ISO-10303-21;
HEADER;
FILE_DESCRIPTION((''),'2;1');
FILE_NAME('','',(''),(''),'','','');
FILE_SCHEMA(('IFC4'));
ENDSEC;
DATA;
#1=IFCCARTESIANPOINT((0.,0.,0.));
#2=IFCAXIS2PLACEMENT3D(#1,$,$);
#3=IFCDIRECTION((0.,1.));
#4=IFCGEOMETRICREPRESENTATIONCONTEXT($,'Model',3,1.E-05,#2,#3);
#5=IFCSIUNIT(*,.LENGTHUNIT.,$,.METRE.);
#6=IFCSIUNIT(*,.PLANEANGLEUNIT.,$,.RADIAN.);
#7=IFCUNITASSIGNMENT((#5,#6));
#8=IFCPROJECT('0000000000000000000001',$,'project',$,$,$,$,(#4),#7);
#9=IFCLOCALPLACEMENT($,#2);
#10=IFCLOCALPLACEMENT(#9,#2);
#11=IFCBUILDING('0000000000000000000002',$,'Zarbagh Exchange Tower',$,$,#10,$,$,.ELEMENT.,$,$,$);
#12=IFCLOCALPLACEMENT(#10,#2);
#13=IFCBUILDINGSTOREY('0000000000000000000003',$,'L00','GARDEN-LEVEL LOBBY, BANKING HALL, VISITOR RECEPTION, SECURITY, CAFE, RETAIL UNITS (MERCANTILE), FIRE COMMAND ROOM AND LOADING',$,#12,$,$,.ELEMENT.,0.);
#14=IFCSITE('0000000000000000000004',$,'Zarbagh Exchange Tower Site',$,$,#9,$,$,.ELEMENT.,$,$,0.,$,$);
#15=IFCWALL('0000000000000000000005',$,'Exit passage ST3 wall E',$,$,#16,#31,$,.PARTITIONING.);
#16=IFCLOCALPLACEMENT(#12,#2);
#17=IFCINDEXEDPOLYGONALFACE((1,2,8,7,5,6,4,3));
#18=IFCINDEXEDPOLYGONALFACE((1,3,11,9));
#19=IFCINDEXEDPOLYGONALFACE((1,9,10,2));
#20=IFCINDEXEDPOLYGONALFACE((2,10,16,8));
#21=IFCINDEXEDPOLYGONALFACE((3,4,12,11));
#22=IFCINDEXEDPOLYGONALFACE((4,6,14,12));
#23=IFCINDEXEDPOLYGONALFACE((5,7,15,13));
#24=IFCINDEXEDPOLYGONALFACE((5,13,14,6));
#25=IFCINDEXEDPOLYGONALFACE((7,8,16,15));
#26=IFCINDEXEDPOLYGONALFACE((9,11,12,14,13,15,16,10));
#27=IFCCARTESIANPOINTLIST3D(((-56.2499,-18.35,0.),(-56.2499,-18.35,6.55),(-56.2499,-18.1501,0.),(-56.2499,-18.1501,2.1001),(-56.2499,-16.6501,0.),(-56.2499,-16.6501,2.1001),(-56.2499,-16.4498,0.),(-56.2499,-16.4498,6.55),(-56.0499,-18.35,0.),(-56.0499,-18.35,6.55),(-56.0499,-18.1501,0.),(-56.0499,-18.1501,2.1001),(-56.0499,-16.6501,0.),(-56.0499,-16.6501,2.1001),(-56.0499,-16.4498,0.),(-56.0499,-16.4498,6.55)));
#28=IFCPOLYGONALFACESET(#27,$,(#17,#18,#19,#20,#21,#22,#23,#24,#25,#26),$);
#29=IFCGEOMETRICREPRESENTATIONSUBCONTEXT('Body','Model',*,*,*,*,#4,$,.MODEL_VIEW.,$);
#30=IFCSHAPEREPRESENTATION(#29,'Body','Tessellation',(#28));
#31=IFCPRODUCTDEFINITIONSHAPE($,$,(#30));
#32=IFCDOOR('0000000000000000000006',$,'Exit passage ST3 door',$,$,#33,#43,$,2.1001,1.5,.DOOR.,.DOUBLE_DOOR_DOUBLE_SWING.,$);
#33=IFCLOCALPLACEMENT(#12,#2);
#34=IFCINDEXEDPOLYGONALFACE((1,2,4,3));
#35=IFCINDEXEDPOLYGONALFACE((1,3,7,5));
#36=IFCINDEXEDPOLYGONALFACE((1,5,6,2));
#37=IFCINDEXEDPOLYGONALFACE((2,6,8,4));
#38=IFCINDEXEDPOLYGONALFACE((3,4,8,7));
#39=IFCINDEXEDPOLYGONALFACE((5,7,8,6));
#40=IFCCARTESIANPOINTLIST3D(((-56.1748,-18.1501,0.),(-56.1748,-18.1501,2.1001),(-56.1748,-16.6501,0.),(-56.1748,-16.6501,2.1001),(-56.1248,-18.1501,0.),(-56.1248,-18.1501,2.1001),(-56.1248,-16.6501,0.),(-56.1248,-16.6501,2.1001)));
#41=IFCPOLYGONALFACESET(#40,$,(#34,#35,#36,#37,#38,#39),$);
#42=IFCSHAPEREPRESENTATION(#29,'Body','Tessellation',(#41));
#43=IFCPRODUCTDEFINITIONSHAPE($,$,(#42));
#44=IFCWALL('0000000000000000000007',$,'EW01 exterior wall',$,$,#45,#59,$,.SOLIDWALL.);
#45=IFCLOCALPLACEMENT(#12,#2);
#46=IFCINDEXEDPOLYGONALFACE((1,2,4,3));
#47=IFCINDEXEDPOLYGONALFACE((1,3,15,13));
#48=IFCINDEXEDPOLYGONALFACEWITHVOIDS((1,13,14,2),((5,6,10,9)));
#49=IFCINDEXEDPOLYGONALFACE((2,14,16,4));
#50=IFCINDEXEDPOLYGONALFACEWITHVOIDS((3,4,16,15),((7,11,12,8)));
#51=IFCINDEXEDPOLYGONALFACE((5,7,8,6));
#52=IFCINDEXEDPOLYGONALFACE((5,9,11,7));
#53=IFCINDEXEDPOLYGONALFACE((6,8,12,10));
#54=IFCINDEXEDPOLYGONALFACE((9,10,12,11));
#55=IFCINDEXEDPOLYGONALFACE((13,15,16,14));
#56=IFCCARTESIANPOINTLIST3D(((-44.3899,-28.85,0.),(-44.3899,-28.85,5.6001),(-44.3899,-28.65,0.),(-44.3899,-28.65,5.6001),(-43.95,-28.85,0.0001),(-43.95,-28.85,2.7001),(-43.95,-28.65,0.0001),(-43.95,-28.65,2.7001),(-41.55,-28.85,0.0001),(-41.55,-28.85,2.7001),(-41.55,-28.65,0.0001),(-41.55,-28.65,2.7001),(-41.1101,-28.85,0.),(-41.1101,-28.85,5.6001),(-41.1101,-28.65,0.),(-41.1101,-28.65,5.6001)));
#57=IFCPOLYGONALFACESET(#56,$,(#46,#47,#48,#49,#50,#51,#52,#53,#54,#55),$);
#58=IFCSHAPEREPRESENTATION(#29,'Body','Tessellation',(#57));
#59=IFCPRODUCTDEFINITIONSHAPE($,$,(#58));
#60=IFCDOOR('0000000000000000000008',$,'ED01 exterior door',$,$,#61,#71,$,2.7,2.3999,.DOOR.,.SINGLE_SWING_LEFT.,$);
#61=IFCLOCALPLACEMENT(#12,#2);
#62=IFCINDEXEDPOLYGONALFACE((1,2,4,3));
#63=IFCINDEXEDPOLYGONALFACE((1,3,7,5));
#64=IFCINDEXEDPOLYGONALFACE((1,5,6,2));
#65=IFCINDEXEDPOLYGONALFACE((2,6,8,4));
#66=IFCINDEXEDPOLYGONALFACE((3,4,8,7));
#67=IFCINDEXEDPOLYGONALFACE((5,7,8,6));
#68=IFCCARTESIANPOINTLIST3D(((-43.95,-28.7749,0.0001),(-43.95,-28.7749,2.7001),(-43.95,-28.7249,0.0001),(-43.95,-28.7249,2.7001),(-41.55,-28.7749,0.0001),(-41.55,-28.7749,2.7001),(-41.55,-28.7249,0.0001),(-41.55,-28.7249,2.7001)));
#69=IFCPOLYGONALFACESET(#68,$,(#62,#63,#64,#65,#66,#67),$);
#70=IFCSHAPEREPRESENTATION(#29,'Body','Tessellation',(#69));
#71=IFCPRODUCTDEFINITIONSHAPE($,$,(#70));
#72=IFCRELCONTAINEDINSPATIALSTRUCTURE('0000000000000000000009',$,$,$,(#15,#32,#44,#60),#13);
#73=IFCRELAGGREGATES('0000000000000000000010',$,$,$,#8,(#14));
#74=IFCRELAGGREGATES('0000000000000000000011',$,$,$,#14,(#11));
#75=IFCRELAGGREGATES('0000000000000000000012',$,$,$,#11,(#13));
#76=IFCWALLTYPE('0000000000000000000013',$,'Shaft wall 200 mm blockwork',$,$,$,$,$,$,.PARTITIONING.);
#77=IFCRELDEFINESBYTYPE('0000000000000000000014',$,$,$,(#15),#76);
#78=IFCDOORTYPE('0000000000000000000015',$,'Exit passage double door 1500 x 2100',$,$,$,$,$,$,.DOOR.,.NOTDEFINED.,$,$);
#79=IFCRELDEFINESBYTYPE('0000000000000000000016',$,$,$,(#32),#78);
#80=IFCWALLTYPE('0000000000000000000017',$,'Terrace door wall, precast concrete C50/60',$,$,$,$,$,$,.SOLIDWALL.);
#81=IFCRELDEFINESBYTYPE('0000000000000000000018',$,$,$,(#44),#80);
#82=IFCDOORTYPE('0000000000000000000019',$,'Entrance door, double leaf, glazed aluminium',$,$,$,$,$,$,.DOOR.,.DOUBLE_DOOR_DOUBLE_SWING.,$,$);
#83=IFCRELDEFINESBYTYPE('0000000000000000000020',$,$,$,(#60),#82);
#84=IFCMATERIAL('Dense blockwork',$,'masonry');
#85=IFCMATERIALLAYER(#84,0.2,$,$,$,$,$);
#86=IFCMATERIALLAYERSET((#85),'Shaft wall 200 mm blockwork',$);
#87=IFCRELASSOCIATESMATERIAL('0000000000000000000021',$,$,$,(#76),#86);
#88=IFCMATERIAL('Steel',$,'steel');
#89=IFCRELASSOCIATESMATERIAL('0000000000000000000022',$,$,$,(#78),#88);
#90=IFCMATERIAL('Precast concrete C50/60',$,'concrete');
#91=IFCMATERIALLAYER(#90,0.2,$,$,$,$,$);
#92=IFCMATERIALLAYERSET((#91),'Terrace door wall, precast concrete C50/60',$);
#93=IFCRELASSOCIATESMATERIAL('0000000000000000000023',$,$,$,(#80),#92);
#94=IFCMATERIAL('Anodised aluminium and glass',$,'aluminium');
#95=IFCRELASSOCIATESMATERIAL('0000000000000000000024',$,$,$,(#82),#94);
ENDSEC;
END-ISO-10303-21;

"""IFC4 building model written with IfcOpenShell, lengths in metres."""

from ifc_helpers import new_model, si_unit, direction, frame, frame_2d, origin, place, context, subcontext, project, spatial, rectangle, extrude, material, layer, layer_set, type_object, element, fill, save


model = new_model("IFC4")

# Units and contexts
model_context = context("Model", 3, precision=1e-05, world=origin(), true_north=direction((0.0, 1.0)))
body_context = subcontext(model_context, "Body", "Model", "MODEL_VIEW")
ifc_project = project(units=[si_unit("LENGTHUNIT", "METRE"), si_unit("PLANEANGLEUNIT", "RADIAN")], contexts=[model_context])

# Site, building, storey
site_placement = place(None, origin())
site = spatial("IfcSite", under=ifc_project, at=site_placement, Name="Zarbagh Exchange Tower Site", CompositionType="ELEMENT", RefElevation=0.0)
building_placement = place(site_placement, origin())
building = spatial("IfcBuilding", under=site, at=building_placement, Name="Zarbagh Exchange Tower", CompositionType="ELEMENT")
storey_placement = place(building_placement, origin())
storey = spatial("IfcBuildingStorey", under=building, at=storey_placement, Name="L00", Description="GARDEN-LEVEL LOBBY, BANKING HALL, VISITOR RECEPTION, SECURITY, CAFE, RETAIL UNITS (MERCANTILE), FIRE COMMAND ROOM AND LOADING", CompositionType="ELEMENT", Elevation=0.0)

# Walls, openings, doors
ifc_material_1 = material(Name="Dense blockwork", Category="masonry")
ifc_layer_1 = layer(ifc_material_1, 0.2)
ifc_layer_set_1 = layer_set([ifc_layer_1], Name="Shaft wall 200 mm blockwork")
wall_type_1 = type_object("IfcWallType", Name="Shaft wall 200 mm blockwork", PredefinedType="PARTITIONING", material=ifc_layer_set_1)
wall_1_placement = place(storey_placement, frame((-56.1499, -18.3501, 0.0), z_axis=(0.0, 0.0, 1.0), x_axis=(0.0, 1.0, 0.0)))
wall_1 = element("IfcWall", 1, at=wall_1_placement, inside=storey, type_object=wall_type_1, Name="Exit passage ST3 wall E", PredefinedType="PARTITIONING", context=body_context, shape_type="SweptSolid", body=[
    extrude(rectangle(XDim=1.9001, YDim=0.2, at=frame_2d((0.9502, 0.0))), origin(), (0.0, 0.0, 1.0), 6.55),
])
opening_1_placement = place(wall_1_placement, frame((0.2, 0.0, 0.0)))
opening_1 = element("IfcOpeningElement", 2, at=opening_1_placement, cuts=wall_1, PredefinedType="OPENING", context=body_context, shape_type="SweptSolid", body=[
    extrude(rectangle(XDim=1.5, YDim=2.1001, at=frame_2d((0.75, 1.05))), frame((0.0, 0.1099, 0.0), z_axis=(0.0, -1.0, 0.0), x_axis=(1.0, 0.0, 0.0)), (0.0, 0.0, 1.0), 0.22),
])
ifc_material_2 = material(Name="Steel", Category="steel")
door_type_1 = type_object("IfcDoorType", Name="Exit passage double door 1500 x 2100", OperationType="NOTDEFINED", PredefinedType="DOOR", material=ifc_material_2)
door_1_placement = place(opening_1_placement, origin())
door_1 = element("IfcDoor", 3, at=door_1_placement, inside=storey, type_object=door_type_1, Name="Exit passage ST3 door", OperationType="DOUBLE_DOOR_DOUBLE_SWING", OverallHeight=2.1001, OverallWidth=1.5, PredefinedType="DOOR", context=body_context, shape_type="SweptSolid", body=[
    extrude(rectangle(XDim=1.5, YDim=2.1001, at=frame_2d((0.75, 1.05))), frame((0.0, 0.0249, 0.0), z_axis=(0.0, -1.0, 0.0), x_axis=(1.0, 0.0, 0.0)), (0.0, 0.0, 1.0), 0.05),
])
fill(opening_1, door_1)
ifc_material_3 = material(Name="Precast concrete C50/60", Category="concrete")
ifc_layer_2 = layer(ifc_material_3, 0.2)
ifc_layer_set_2 = layer_set([ifc_layer_2], Name="Terrace door wall, precast concrete C50/60")
wall_type_2 = type_object("IfcWallType", Name="Terrace door wall, precast concrete C50/60", PredefinedType="SOLIDWALL", material=ifc_layer_set_2)
wall_2_placement = place(storey_placement, frame((-41.1101, -28.75, 0.0), z_axis=(0.0, 0.0, 1.0), x_axis=(-1.0, 0.0, 0.0)))
wall_2 = element("IfcWall", 4, at=wall_2_placement, inside=storey, type_object=wall_type_2, Name="EW01 exterior wall", PredefinedType="SOLIDWALL", context=body_context, shape_type="SweptSolid", body=[
    extrude(rectangle(XDim=3.2798, YDim=0.2, at=frame_2d((1.6399, 0.0))), origin(), (0.0, 0.0, 1.0), 5.6001),
])
opening_2_placement = place(wall_2_placement, frame((0.4399, 0.0, 0.0)))
opening_2 = element("IfcOpeningElement", 5, at=opening_2_placement, cuts=wall_2, PredefinedType="OPENING", context=body_context, shape_type="SweptSolid", body=[
    extrude(rectangle(XDim=2.3999, YDim=2.7, at=frame_2d((1.2, 1.3501))), frame((0.0, 0.1099, 0.0), z_axis=(0.0, -1.0, 0.0), x_axis=(1.0, 0.0, 0.0)), (0.0, 0.0, 1.0), 0.22),
])
ifc_material_4 = material(Name="Anodised aluminium and glass", Category="aluminium")
door_type_2 = type_object("IfcDoorType", Name="Entrance door, double leaf, glazed aluminium", OperationType="DOUBLE_DOOR_DOUBLE_SWING", PredefinedType="DOOR", material=ifc_material_4)
door_2_placement = place(opening_2_placement, origin())
door_2 = element("IfcDoor", 6, at=door_2_placement, inside=storey, type_object=door_type_2, Name="ED01 exterior door", OperationType="SINGLE_SWING_LEFT", OverallHeight=2.7, OverallWidth=2.3999, PredefinedType="DOOR", context=body_context, shape_type="SweptSolid", body=[
    extrude(rectangle(XDim=2.3999, YDim=2.7, at=frame_2d((1.2, 1.3501))), frame((0.0, 0.0249, 0.0), z_axis=(0.0, -1.0, 0.0), x_axis=(1.0, 0.0, 0.0)), (0.0, 0.0, 1.0), 0.05),
])
fill(opening_2, door_2)

save(model, "model.ifc")
